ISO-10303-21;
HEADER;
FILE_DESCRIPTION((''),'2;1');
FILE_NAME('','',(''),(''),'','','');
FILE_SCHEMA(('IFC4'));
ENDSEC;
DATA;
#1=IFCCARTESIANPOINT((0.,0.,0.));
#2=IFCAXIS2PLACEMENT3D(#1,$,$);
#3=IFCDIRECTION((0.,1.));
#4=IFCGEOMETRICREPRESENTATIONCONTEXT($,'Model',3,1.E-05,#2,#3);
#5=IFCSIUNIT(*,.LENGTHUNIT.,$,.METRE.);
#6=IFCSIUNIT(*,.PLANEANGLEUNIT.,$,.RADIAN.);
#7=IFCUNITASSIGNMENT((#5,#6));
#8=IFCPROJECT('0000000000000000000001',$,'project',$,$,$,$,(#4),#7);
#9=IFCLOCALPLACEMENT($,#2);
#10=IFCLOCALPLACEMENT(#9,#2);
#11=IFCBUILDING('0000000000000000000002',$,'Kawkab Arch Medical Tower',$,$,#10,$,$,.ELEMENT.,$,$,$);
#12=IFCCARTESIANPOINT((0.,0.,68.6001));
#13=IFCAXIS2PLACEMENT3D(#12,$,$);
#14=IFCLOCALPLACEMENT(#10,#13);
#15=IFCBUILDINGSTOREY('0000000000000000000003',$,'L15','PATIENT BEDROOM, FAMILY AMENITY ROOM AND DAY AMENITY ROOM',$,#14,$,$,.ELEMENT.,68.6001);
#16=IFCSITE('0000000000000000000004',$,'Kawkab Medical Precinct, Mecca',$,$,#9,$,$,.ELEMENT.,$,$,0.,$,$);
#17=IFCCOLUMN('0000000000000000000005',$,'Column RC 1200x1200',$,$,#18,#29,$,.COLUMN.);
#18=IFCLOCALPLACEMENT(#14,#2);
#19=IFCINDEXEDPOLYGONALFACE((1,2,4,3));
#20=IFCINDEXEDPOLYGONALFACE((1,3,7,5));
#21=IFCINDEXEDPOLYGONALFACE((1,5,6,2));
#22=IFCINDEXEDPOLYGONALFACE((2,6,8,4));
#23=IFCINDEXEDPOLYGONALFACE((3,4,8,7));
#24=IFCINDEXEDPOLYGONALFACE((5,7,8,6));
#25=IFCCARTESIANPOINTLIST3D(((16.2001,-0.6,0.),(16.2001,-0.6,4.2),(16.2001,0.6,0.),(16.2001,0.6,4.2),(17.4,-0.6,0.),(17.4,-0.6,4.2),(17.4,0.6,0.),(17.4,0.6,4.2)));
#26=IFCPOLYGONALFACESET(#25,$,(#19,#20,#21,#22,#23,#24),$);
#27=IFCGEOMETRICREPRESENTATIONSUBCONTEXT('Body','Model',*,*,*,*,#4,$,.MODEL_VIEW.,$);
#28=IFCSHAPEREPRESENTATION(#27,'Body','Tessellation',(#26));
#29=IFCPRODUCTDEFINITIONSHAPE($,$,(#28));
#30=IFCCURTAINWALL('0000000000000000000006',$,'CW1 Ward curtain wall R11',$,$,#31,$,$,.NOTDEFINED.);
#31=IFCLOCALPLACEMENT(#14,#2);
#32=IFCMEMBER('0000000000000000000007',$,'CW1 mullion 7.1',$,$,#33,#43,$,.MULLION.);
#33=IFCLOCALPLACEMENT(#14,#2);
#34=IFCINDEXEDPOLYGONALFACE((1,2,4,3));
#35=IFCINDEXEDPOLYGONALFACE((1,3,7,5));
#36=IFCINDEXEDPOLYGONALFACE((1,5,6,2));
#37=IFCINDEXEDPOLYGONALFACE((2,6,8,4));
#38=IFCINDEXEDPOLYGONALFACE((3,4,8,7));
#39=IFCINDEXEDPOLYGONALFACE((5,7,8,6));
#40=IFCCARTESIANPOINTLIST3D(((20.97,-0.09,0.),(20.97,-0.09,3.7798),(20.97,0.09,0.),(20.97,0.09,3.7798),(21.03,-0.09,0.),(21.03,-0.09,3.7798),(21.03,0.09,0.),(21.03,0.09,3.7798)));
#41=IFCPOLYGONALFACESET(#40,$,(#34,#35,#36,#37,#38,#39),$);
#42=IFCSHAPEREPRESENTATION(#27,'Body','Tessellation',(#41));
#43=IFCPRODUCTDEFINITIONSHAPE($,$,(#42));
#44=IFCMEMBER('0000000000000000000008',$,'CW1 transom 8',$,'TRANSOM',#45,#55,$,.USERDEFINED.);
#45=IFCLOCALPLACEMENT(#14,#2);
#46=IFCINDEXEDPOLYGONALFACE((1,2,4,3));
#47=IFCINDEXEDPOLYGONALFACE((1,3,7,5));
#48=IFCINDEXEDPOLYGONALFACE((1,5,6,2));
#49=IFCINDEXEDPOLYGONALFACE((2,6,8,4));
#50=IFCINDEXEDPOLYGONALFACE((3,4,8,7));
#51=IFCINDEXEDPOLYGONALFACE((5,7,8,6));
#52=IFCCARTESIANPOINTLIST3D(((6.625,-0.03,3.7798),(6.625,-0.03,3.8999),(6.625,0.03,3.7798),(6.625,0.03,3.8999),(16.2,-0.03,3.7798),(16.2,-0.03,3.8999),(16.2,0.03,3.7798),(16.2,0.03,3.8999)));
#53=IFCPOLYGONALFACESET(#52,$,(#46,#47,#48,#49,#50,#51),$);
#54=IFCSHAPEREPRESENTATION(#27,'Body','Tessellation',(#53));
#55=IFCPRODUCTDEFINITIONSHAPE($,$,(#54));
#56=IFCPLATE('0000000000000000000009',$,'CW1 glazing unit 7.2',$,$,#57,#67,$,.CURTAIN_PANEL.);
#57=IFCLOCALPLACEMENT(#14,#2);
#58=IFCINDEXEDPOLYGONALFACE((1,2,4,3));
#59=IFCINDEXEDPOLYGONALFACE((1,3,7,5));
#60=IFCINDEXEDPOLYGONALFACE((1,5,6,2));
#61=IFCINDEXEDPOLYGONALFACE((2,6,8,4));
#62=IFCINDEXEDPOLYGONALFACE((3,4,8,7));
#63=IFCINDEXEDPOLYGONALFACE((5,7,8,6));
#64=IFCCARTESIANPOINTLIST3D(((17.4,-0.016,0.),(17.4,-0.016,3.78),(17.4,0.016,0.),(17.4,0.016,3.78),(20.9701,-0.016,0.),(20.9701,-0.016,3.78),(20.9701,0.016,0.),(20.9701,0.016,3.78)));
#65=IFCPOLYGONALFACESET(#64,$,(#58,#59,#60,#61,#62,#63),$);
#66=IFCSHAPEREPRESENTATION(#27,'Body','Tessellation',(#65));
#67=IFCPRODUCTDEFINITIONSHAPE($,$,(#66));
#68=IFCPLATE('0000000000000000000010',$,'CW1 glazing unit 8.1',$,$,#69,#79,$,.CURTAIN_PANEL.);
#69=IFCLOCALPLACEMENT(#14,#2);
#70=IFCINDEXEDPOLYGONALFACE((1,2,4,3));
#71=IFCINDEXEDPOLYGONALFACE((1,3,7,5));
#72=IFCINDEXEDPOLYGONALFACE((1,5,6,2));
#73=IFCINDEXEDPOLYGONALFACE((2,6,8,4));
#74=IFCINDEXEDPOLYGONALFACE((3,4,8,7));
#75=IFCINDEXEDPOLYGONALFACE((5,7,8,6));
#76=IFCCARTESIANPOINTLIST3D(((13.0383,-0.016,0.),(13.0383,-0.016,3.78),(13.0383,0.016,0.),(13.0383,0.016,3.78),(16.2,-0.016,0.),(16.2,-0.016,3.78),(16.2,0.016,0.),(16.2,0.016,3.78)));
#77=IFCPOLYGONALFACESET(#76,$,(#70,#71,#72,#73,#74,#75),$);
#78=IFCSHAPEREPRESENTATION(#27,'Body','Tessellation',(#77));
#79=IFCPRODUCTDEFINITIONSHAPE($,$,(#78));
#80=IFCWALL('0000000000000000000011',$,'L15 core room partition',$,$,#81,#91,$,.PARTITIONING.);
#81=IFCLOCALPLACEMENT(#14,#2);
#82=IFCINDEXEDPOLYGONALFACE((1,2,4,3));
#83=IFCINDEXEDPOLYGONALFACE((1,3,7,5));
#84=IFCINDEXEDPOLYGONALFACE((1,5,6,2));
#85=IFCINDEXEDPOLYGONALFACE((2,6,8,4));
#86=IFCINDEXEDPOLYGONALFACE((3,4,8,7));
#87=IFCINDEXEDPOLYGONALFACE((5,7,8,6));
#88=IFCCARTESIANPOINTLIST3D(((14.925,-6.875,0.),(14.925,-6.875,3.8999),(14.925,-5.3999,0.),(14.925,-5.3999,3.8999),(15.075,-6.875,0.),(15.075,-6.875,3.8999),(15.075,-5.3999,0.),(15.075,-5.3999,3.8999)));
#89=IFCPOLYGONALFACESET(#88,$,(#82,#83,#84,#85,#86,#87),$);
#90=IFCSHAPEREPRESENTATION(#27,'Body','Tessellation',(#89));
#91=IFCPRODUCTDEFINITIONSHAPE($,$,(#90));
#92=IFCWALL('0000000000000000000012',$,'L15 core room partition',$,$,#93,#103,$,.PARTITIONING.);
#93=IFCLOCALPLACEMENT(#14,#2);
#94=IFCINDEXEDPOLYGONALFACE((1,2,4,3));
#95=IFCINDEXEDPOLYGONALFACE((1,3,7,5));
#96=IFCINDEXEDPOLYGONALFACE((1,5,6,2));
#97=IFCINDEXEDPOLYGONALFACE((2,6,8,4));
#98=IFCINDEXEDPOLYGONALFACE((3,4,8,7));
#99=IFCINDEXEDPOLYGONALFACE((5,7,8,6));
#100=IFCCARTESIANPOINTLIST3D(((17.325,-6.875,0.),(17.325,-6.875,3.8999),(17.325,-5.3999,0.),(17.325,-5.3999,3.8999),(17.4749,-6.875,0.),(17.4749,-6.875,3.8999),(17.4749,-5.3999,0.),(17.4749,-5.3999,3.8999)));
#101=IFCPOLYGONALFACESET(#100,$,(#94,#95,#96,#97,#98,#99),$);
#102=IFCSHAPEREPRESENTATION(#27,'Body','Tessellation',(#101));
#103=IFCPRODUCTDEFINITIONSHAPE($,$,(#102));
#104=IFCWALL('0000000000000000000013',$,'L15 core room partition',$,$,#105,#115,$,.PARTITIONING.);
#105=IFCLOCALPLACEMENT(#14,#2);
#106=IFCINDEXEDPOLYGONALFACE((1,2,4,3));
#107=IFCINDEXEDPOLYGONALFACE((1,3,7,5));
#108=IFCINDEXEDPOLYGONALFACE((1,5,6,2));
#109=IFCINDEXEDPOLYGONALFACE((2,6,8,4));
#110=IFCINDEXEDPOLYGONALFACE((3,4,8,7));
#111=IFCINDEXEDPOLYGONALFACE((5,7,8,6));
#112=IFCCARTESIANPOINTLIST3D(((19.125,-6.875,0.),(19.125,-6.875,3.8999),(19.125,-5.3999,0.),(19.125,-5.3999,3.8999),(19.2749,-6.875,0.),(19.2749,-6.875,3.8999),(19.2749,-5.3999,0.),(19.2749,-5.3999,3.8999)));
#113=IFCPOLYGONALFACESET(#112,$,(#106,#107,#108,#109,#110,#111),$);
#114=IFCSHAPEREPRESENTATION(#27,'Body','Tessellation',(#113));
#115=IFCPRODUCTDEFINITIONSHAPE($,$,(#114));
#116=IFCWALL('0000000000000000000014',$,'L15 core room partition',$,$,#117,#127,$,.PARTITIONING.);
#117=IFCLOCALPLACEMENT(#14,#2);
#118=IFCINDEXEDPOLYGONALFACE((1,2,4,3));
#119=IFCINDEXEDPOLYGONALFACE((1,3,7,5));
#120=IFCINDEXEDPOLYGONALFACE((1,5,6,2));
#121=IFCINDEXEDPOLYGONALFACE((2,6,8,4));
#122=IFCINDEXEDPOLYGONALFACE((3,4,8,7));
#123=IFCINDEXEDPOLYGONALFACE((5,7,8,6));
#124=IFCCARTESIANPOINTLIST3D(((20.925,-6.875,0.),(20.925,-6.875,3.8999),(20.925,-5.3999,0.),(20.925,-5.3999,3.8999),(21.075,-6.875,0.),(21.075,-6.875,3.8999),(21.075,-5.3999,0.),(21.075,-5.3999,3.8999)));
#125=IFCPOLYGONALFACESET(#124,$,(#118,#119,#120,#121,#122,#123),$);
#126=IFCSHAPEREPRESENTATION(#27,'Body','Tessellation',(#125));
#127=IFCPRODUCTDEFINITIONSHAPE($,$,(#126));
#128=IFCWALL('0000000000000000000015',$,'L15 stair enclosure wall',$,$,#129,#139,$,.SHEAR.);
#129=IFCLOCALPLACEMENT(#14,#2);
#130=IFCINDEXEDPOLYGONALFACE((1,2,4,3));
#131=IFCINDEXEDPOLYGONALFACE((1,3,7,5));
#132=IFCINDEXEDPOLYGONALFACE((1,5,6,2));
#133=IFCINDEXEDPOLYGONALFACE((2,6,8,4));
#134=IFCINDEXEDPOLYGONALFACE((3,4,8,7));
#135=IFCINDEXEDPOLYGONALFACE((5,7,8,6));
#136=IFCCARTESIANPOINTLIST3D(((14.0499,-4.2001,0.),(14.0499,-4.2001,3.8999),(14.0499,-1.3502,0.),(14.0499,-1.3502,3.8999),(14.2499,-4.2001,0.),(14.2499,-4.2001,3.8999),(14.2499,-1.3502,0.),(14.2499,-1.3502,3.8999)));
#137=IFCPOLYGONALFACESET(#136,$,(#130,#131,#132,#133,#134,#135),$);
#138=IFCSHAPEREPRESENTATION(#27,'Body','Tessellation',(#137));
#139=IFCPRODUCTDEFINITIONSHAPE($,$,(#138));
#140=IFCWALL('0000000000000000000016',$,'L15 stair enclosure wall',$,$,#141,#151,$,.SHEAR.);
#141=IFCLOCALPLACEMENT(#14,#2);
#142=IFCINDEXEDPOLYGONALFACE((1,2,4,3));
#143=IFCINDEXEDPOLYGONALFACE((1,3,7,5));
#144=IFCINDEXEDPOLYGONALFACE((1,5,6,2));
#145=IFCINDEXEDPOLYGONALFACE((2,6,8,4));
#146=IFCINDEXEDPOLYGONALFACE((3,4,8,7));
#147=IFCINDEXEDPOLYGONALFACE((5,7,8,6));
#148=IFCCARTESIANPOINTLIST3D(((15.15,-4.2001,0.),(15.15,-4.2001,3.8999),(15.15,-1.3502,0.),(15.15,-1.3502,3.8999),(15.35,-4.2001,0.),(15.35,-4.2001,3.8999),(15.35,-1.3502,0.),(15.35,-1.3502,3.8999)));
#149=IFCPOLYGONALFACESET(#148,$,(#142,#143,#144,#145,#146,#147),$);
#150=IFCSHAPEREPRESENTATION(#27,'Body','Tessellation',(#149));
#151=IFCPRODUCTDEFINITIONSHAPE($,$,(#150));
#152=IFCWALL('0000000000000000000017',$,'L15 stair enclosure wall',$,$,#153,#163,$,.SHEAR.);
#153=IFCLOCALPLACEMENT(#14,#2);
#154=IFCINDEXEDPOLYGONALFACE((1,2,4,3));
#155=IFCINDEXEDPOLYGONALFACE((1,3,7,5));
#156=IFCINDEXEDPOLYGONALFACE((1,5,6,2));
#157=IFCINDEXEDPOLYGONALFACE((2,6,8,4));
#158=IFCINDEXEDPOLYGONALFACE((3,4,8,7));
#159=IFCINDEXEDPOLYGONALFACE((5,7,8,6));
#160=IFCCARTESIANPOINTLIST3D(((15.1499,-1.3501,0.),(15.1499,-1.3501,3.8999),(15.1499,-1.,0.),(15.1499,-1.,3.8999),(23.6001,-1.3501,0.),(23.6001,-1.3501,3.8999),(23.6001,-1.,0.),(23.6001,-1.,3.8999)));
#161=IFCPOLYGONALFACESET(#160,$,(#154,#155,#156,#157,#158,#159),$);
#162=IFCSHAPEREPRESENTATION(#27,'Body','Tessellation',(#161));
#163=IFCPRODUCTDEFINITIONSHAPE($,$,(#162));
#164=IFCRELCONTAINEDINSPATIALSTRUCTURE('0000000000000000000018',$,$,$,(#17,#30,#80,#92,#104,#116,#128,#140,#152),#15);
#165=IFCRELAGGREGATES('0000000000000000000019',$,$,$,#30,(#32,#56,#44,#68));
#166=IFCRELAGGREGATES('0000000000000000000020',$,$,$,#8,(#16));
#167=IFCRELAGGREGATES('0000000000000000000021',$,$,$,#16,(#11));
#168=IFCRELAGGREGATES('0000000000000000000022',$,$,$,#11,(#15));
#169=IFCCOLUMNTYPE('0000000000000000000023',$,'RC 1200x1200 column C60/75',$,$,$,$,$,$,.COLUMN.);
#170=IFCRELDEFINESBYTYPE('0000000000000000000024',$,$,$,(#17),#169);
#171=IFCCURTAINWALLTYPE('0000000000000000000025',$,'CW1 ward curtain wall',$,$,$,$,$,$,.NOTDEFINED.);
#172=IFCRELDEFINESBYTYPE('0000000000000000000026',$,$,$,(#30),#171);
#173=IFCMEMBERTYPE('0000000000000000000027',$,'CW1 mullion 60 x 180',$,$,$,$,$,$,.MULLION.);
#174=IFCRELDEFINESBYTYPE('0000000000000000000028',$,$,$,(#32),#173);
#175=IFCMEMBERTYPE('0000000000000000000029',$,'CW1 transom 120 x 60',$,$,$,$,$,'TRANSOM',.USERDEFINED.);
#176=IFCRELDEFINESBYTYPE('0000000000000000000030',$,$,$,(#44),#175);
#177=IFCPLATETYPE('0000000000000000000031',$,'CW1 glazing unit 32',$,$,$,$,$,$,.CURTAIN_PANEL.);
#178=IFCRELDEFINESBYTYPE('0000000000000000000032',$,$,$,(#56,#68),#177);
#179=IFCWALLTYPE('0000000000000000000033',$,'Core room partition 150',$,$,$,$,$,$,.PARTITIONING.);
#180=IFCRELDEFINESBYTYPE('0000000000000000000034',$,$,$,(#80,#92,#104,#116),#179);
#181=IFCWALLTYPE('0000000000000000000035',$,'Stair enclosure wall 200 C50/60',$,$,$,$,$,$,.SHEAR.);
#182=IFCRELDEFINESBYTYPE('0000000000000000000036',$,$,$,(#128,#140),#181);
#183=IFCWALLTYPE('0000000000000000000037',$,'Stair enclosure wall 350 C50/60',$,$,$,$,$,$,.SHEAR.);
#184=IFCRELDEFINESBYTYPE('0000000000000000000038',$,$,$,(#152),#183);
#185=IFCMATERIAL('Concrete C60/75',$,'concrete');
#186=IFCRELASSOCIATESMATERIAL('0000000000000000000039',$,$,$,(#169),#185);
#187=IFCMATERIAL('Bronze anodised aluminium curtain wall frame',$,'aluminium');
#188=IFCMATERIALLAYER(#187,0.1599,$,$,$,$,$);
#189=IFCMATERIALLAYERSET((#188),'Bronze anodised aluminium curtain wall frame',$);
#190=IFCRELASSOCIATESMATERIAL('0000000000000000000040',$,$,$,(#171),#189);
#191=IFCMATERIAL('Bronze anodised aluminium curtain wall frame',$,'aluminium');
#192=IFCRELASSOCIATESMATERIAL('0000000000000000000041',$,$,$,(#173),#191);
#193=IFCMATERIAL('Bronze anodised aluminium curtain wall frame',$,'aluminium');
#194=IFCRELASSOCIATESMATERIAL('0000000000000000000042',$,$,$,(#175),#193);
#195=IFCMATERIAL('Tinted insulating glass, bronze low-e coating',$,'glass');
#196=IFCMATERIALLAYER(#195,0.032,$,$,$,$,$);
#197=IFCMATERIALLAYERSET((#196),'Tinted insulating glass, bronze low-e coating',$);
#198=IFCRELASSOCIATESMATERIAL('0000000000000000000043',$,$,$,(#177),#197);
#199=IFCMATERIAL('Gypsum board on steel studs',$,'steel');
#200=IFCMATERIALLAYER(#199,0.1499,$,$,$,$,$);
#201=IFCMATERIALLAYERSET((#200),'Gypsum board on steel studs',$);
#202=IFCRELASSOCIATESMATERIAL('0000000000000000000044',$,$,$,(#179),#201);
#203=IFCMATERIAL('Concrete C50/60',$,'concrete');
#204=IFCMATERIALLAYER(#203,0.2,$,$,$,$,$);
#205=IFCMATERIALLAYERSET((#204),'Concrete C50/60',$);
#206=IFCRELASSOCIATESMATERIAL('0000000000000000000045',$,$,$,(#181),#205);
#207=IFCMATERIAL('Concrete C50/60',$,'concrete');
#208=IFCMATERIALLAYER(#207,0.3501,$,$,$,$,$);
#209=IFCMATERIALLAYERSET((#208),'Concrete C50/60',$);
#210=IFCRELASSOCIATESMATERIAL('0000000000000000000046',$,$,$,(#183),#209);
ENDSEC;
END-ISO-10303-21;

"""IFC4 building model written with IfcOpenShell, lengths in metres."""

from ifc_helpers import new_model, si_unit, direction, frame, frame_2d, origin, origin_2d, place, context, subcontext, project, spatial, rectangle, extrude, material, layer, layer_set, material_profile, profile_set, type_object, element, aggregate, save


model = new_model("IFC4")

# Units and contexts
model_context = context("Model", 3, precision=1e-05, world=origin(), true_north=direction((0.0, 1.0)))
body_context = subcontext(model_context, "Body", "Model", "MODEL_VIEW")
ifc_project = project(units=[si_unit("LENGTHUNIT", "METRE"), si_unit("PLANEANGLEUNIT", "RADIAN")], contexts=[model_context])

# Site, building, storey
site_placement = place(None, origin())
site = spatial("IfcSite", under=ifc_project, at=site_placement, Name="Kawkab Medical Precinct, Mecca", CompositionType="ELEMENT", RefElevation=0.0)
building_placement = place(site_placement, origin())
building = spatial("IfcBuilding", under=site, at=building_placement, Name="Kawkab Arch Medical Tower", CompositionType="ELEMENT")
storey_placement = place(building_placement, frame((0.0, 0.0, 68.6001)))
storey = spatial("IfcBuildingStorey", under=building, at=storey_placement, Name="L15", Description="PATIENT BEDROOM, FAMILY AMENITY ROOM AND DAY AMENITY ROOM", CompositionType="ELEMENT", Elevation=68.6001)

# Column
ifc_material_1 = material(Name="Concrete C60/75", Category="concrete")
ifc_material_profile_1 = material_profile(ifc_material_1, rectangle(XDim=1.2, YDim=1.2, at=origin_2d()), Name="RC 1200x1200")
ifc_profile_set_1 = profile_set([ifc_material_profile_1], Name="Concrete C60/75")
column_type = type_object("IfcColumnType", Name="RC 1200x1200 column C60/75", PredefinedType="COLUMN", material=ifc_profile_set_1)
column_placement = place(storey_placement, frame((16.8, 0.0, 0.0), z_axis=(0.0, 0.0, 1.0), x_axis=(1.0, 0.0, 0.0)))
element("IfcColumn", 1, at=column_placement, inside=storey, type_object=column_type, Name="Column RC 1200x1200", PredefinedType="COLUMN", context=body_context, shape_type="SweptSolid", body=[
    extrude(rectangle(XDim=1.2, YDim=1.2, at=origin_2d()), origin(), (0.0, 0.0, 1.0), 4.2),
])

# Curtain wall, members, plates
ifc_material_2 = material(Name="Bronze anodised aluminium curtain wall frame", Category="aluminium")
ifc_layer_1 = layer(ifc_material_2, 0.1599)
ifc_layer_set_1 = layer_set([ifc_layer_1], Name="Bronze anodised aluminium curtain wall frame")
curtain_wall_type = type_object("IfcCurtainWallType", Name="CW1 ward curtain wall", PredefinedType="NOTDEFINED", material=ifc_layer_set_1)
placement = place(storey_placement, origin())
curtain_wall = element("IfcCurtainWall", 2, at=placement, inside=storey, type_object=curtain_wall_type, Name="CW1 Ward curtain wall R11", PredefinedType="NOTDEFINED")
ifc_material_3 = material(Name="Bronze anodised aluminium curtain wall frame", Category="aluminium")
ifc_material_profile_2 = material_profile(ifc_material_3, rectangle(XDim=0.1799, YDim=0.0601, at=origin_2d()), Name="AL 60x180")
ifc_profile_set_2 = profile_set([ifc_material_profile_2], Name="Bronze anodised aluminium curtain wall frame")
member_type_1 = type_object("IfcMemberType", Name="CW1 mullion 60 x 180", PredefinedType="MULLION", material=ifc_profile_set_2)
member_1_placement = place(storey_placement, frame((21.0, 0.0, 0.0), z_axis=(0.0, 0.0, 1.0), x_axis=(0.0, -1.0, 0.0)))
member_1 = element("IfcMember", 3, at=member_1_placement, type_object=member_type_1, Name="CW1 mullion 7.1", PredefinedType="MULLION", context=body_context, shape_type="SweptSolid", body=[
    extrude(rectangle(XDim=0.1799, YDim=0.0601, at=origin_2d()), origin(), (0.0, 0.0, 1.0), 3.7798),
])
ifc_material_4 = material(Name="Bronze anodised aluminium curtain wall frame", Category="aluminium")
ifc_material_profile_3 = material_profile(ifc_material_4, rectangle(XDim=0.0601, YDim=0.1201, at=origin_2d()), Name="AL 60x120")
ifc_profile_set_3 = profile_set([ifc_material_profile_3], Name="Bronze anodised aluminium curtain wall frame")
member_type_2 = type_object("IfcMemberType", Name="CW1 transom 120 x 60", ElementType="TRANSOM", PredefinedType="USERDEFINED", material=ifc_profile_set_3)
member_2_placement = place(storey_placement, frame((16.2, 0.0, 3.8398), z_axis=(-1.0, 0.0, 0.0), x_axis=(0.0, -1.0, 0.0)))
member_2 = element("IfcMember", 4, at=member_2_placement, type_object=member_type_2, Name="CW1 transom 8", ObjectType="TRANSOM", PredefinedType="USERDEFINED", context=body_context, shape_type="SweptSolid", body=[
    extrude(rectangle(XDim=0.0601, YDim=0.1201, at=origin_2d()), origin(), (0.0, 0.0, 1.0), 9.575),
])
ifc_material_5 = material(Name="Tinted insulating glass, bronze low-e coating", Category="glass")
ifc_layer_2 = layer(ifc_material_5, 0.032)
ifc_layer_set_2 = layer_set([ifc_layer_2], Name="Tinted insulating glass, bronze low-e coating")
plate_type = type_object("IfcPlateType", Name="CW1 glazing unit 32", PredefinedType="CURTAIN_PANEL", material=ifc_layer_set_2)
plate_1_placement = place(storey_placement, frame((19.1851, 0.0, 0.0), z_axis=(0.0, 0.0, 1.0), x_axis=(-1.0, 0.0, 0.0)))
plate_1 = element("IfcPlate", 5, at=plate_1_placement, type_object=plate_type, Name="CW1 glazing unit 7.2", PredefinedType="CURTAIN_PANEL", context=body_context, shape_type="SweptSolid", body=[
    extrude(rectangle(XDim=3.5701, YDim=0.032, at=origin_2d()), origin(), (0.0, 0.0, 1.0), 3.78),
])
plate_2_placement = place(storey_placement, frame((14.6191, 0.0, 0.0), z_axis=(0.0, 0.0, 1.0), x_axis=(-1.0, 0.0, 0.0)))
plate_2 = element("IfcPlate", 6, at=plate_2_placement, type_object=plate_type, Name="CW1 glazing unit 8.1", PredefinedType="CURTAIN_PANEL", context=body_context, shape_type="SweptSolid", body=[
    extrude(rectangle(XDim=3.1616, YDim=0.032, at=origin_2d()), origin(), (0.0, 0.0, 1.0), 3.78),
])
aggregate(curtain_wall, [member_1, plate_1, member_2, plate_2])

# Walls
ifc_material_6 = material(Name="Gypsum board on steel studs", Category="steel")
ifc_layer_3 = layer(ifc_material_6, 0.1499)
ifc_layer_set_3 = layer_set([ifc_layer_3], Name="Gypsum board on steel studs")
wall_type_1 = type_object("IfcWallType", Name="Core room partition 150", PredefinedType="PARTITIONING", material=ifc_layer_set_3)
for number, where, z_axis, x_axis, name in (
    (7, (15.0, -6.875, 0.0), (0.0, 0.0, 1.0), (0.0, 1.0, 0.0), "L15 core room partition"),
    (8, (17.3999, -6.875, 0.0), (0.0, 0.0, 1.0), (0.0, 1.0, 0.0), "L15 core room partition"),
    (9, (19.2, -6.875, 0.0), (0.0, 0.0, 1.0), (0.0, 1.0, 0.0), "L15 core room partition"),
    (10, (21.0, -6.875, 0.0), (0.0, 0.0, 1.0), (0.0, 1.0, 0.0), "L15 core room partition"),
):
    element("IfcWall", number, at=place(storey_placement, frame(where, z_axis=z_axis, x_axis=x_axis)), inside=storey, type_object=wall_type_1, Name=name, PredefinedType="PARTITIONING", context=body_context, shape_type="SweptSolid", body=[
        extrude(rectangle(XDim=1.4751, YDim=0.1499, at=frame_2d((0.7375, 0.0))), origin(), (0.0, 0.0, 1.0), 3.8999),
    ])
ifc_material_7 = material(Name="Concrete C50/60", Category="concrete")
ifc_layer_4 = layer(ifc_material_7, 0.2)
ifc_layer_set_4 = layer_set([ifc_layer_4], Name="Concrete C50/60")
wall_type_2 = type_object("IfcWallType", Name="Stair enclosure wall 200 C50/60", PredefinedType="SHEAR", material=ifc_layer_set_4)
for number, where, z_axis, x_axis, name in (
    (11, (14.1499, -4.2, 0.0), (0.0, 0.0, 1.0), (0.0, 1.0, 0.0), "L15 stair enclosure wall"),
    (12, (15.25, -4.2, 0.0), (0.0, 0.0, 1.0), (0.0, 1.0, 0.0), "L15 stair enclosure wall"),
):
    element("IfcWall", number, at=place(storey_placement, frame(where, z_axis=z_axis, x_axis=x_axis)), inside=storey, type_object=wall_type_2, Name=name, PredefinedType="SHEAR", context=body_context, shape_type="SweptSolid", body=[
        extrude(rectangle(XDim=2.8499, YDim=0.2, at=frame_2d((1.4248, 0.0))), origin(), (0.0, 0.0, 1.0), 3.8999),
    ])
ifc_material_8 = material(Name="Concrete C50/60", Category="concrete")
ifc_layer_5 = layer(ifc_material_8, 0.3501)
ifc_layer_set_5 = layer_set([ifc_layer_5], Name="Concrete C50/60")
wall_type_3 = type_object("IfcWallType", Name="Stair enclosure wall 350 C50/60", PredefinedType="SHEAR", material=ifc_layer_set_5)
wall_placement = place(storey_placement, frame((15.1499, -1.175, 0.0), z_axis=(0.0, 0.0, 1.0), x_axis=(1.0, 0.0, 0.0)))
element("IfcWall", 13, at=wall_placement, inside=storey, type_object=wall_type_3, Name="L15 stair enclosure wall", PredefinedType="SHEAR", context=body_context, shape_type="SweptSolid", body=[
    extrude(rectangle(XDim=8.4502, YDim=0.3501, at=frame_2d((4.2251, 0.0))), origin(), (0.0, 0.0, 1.0), 3.8999),
])

save(model, "model.ifc")
